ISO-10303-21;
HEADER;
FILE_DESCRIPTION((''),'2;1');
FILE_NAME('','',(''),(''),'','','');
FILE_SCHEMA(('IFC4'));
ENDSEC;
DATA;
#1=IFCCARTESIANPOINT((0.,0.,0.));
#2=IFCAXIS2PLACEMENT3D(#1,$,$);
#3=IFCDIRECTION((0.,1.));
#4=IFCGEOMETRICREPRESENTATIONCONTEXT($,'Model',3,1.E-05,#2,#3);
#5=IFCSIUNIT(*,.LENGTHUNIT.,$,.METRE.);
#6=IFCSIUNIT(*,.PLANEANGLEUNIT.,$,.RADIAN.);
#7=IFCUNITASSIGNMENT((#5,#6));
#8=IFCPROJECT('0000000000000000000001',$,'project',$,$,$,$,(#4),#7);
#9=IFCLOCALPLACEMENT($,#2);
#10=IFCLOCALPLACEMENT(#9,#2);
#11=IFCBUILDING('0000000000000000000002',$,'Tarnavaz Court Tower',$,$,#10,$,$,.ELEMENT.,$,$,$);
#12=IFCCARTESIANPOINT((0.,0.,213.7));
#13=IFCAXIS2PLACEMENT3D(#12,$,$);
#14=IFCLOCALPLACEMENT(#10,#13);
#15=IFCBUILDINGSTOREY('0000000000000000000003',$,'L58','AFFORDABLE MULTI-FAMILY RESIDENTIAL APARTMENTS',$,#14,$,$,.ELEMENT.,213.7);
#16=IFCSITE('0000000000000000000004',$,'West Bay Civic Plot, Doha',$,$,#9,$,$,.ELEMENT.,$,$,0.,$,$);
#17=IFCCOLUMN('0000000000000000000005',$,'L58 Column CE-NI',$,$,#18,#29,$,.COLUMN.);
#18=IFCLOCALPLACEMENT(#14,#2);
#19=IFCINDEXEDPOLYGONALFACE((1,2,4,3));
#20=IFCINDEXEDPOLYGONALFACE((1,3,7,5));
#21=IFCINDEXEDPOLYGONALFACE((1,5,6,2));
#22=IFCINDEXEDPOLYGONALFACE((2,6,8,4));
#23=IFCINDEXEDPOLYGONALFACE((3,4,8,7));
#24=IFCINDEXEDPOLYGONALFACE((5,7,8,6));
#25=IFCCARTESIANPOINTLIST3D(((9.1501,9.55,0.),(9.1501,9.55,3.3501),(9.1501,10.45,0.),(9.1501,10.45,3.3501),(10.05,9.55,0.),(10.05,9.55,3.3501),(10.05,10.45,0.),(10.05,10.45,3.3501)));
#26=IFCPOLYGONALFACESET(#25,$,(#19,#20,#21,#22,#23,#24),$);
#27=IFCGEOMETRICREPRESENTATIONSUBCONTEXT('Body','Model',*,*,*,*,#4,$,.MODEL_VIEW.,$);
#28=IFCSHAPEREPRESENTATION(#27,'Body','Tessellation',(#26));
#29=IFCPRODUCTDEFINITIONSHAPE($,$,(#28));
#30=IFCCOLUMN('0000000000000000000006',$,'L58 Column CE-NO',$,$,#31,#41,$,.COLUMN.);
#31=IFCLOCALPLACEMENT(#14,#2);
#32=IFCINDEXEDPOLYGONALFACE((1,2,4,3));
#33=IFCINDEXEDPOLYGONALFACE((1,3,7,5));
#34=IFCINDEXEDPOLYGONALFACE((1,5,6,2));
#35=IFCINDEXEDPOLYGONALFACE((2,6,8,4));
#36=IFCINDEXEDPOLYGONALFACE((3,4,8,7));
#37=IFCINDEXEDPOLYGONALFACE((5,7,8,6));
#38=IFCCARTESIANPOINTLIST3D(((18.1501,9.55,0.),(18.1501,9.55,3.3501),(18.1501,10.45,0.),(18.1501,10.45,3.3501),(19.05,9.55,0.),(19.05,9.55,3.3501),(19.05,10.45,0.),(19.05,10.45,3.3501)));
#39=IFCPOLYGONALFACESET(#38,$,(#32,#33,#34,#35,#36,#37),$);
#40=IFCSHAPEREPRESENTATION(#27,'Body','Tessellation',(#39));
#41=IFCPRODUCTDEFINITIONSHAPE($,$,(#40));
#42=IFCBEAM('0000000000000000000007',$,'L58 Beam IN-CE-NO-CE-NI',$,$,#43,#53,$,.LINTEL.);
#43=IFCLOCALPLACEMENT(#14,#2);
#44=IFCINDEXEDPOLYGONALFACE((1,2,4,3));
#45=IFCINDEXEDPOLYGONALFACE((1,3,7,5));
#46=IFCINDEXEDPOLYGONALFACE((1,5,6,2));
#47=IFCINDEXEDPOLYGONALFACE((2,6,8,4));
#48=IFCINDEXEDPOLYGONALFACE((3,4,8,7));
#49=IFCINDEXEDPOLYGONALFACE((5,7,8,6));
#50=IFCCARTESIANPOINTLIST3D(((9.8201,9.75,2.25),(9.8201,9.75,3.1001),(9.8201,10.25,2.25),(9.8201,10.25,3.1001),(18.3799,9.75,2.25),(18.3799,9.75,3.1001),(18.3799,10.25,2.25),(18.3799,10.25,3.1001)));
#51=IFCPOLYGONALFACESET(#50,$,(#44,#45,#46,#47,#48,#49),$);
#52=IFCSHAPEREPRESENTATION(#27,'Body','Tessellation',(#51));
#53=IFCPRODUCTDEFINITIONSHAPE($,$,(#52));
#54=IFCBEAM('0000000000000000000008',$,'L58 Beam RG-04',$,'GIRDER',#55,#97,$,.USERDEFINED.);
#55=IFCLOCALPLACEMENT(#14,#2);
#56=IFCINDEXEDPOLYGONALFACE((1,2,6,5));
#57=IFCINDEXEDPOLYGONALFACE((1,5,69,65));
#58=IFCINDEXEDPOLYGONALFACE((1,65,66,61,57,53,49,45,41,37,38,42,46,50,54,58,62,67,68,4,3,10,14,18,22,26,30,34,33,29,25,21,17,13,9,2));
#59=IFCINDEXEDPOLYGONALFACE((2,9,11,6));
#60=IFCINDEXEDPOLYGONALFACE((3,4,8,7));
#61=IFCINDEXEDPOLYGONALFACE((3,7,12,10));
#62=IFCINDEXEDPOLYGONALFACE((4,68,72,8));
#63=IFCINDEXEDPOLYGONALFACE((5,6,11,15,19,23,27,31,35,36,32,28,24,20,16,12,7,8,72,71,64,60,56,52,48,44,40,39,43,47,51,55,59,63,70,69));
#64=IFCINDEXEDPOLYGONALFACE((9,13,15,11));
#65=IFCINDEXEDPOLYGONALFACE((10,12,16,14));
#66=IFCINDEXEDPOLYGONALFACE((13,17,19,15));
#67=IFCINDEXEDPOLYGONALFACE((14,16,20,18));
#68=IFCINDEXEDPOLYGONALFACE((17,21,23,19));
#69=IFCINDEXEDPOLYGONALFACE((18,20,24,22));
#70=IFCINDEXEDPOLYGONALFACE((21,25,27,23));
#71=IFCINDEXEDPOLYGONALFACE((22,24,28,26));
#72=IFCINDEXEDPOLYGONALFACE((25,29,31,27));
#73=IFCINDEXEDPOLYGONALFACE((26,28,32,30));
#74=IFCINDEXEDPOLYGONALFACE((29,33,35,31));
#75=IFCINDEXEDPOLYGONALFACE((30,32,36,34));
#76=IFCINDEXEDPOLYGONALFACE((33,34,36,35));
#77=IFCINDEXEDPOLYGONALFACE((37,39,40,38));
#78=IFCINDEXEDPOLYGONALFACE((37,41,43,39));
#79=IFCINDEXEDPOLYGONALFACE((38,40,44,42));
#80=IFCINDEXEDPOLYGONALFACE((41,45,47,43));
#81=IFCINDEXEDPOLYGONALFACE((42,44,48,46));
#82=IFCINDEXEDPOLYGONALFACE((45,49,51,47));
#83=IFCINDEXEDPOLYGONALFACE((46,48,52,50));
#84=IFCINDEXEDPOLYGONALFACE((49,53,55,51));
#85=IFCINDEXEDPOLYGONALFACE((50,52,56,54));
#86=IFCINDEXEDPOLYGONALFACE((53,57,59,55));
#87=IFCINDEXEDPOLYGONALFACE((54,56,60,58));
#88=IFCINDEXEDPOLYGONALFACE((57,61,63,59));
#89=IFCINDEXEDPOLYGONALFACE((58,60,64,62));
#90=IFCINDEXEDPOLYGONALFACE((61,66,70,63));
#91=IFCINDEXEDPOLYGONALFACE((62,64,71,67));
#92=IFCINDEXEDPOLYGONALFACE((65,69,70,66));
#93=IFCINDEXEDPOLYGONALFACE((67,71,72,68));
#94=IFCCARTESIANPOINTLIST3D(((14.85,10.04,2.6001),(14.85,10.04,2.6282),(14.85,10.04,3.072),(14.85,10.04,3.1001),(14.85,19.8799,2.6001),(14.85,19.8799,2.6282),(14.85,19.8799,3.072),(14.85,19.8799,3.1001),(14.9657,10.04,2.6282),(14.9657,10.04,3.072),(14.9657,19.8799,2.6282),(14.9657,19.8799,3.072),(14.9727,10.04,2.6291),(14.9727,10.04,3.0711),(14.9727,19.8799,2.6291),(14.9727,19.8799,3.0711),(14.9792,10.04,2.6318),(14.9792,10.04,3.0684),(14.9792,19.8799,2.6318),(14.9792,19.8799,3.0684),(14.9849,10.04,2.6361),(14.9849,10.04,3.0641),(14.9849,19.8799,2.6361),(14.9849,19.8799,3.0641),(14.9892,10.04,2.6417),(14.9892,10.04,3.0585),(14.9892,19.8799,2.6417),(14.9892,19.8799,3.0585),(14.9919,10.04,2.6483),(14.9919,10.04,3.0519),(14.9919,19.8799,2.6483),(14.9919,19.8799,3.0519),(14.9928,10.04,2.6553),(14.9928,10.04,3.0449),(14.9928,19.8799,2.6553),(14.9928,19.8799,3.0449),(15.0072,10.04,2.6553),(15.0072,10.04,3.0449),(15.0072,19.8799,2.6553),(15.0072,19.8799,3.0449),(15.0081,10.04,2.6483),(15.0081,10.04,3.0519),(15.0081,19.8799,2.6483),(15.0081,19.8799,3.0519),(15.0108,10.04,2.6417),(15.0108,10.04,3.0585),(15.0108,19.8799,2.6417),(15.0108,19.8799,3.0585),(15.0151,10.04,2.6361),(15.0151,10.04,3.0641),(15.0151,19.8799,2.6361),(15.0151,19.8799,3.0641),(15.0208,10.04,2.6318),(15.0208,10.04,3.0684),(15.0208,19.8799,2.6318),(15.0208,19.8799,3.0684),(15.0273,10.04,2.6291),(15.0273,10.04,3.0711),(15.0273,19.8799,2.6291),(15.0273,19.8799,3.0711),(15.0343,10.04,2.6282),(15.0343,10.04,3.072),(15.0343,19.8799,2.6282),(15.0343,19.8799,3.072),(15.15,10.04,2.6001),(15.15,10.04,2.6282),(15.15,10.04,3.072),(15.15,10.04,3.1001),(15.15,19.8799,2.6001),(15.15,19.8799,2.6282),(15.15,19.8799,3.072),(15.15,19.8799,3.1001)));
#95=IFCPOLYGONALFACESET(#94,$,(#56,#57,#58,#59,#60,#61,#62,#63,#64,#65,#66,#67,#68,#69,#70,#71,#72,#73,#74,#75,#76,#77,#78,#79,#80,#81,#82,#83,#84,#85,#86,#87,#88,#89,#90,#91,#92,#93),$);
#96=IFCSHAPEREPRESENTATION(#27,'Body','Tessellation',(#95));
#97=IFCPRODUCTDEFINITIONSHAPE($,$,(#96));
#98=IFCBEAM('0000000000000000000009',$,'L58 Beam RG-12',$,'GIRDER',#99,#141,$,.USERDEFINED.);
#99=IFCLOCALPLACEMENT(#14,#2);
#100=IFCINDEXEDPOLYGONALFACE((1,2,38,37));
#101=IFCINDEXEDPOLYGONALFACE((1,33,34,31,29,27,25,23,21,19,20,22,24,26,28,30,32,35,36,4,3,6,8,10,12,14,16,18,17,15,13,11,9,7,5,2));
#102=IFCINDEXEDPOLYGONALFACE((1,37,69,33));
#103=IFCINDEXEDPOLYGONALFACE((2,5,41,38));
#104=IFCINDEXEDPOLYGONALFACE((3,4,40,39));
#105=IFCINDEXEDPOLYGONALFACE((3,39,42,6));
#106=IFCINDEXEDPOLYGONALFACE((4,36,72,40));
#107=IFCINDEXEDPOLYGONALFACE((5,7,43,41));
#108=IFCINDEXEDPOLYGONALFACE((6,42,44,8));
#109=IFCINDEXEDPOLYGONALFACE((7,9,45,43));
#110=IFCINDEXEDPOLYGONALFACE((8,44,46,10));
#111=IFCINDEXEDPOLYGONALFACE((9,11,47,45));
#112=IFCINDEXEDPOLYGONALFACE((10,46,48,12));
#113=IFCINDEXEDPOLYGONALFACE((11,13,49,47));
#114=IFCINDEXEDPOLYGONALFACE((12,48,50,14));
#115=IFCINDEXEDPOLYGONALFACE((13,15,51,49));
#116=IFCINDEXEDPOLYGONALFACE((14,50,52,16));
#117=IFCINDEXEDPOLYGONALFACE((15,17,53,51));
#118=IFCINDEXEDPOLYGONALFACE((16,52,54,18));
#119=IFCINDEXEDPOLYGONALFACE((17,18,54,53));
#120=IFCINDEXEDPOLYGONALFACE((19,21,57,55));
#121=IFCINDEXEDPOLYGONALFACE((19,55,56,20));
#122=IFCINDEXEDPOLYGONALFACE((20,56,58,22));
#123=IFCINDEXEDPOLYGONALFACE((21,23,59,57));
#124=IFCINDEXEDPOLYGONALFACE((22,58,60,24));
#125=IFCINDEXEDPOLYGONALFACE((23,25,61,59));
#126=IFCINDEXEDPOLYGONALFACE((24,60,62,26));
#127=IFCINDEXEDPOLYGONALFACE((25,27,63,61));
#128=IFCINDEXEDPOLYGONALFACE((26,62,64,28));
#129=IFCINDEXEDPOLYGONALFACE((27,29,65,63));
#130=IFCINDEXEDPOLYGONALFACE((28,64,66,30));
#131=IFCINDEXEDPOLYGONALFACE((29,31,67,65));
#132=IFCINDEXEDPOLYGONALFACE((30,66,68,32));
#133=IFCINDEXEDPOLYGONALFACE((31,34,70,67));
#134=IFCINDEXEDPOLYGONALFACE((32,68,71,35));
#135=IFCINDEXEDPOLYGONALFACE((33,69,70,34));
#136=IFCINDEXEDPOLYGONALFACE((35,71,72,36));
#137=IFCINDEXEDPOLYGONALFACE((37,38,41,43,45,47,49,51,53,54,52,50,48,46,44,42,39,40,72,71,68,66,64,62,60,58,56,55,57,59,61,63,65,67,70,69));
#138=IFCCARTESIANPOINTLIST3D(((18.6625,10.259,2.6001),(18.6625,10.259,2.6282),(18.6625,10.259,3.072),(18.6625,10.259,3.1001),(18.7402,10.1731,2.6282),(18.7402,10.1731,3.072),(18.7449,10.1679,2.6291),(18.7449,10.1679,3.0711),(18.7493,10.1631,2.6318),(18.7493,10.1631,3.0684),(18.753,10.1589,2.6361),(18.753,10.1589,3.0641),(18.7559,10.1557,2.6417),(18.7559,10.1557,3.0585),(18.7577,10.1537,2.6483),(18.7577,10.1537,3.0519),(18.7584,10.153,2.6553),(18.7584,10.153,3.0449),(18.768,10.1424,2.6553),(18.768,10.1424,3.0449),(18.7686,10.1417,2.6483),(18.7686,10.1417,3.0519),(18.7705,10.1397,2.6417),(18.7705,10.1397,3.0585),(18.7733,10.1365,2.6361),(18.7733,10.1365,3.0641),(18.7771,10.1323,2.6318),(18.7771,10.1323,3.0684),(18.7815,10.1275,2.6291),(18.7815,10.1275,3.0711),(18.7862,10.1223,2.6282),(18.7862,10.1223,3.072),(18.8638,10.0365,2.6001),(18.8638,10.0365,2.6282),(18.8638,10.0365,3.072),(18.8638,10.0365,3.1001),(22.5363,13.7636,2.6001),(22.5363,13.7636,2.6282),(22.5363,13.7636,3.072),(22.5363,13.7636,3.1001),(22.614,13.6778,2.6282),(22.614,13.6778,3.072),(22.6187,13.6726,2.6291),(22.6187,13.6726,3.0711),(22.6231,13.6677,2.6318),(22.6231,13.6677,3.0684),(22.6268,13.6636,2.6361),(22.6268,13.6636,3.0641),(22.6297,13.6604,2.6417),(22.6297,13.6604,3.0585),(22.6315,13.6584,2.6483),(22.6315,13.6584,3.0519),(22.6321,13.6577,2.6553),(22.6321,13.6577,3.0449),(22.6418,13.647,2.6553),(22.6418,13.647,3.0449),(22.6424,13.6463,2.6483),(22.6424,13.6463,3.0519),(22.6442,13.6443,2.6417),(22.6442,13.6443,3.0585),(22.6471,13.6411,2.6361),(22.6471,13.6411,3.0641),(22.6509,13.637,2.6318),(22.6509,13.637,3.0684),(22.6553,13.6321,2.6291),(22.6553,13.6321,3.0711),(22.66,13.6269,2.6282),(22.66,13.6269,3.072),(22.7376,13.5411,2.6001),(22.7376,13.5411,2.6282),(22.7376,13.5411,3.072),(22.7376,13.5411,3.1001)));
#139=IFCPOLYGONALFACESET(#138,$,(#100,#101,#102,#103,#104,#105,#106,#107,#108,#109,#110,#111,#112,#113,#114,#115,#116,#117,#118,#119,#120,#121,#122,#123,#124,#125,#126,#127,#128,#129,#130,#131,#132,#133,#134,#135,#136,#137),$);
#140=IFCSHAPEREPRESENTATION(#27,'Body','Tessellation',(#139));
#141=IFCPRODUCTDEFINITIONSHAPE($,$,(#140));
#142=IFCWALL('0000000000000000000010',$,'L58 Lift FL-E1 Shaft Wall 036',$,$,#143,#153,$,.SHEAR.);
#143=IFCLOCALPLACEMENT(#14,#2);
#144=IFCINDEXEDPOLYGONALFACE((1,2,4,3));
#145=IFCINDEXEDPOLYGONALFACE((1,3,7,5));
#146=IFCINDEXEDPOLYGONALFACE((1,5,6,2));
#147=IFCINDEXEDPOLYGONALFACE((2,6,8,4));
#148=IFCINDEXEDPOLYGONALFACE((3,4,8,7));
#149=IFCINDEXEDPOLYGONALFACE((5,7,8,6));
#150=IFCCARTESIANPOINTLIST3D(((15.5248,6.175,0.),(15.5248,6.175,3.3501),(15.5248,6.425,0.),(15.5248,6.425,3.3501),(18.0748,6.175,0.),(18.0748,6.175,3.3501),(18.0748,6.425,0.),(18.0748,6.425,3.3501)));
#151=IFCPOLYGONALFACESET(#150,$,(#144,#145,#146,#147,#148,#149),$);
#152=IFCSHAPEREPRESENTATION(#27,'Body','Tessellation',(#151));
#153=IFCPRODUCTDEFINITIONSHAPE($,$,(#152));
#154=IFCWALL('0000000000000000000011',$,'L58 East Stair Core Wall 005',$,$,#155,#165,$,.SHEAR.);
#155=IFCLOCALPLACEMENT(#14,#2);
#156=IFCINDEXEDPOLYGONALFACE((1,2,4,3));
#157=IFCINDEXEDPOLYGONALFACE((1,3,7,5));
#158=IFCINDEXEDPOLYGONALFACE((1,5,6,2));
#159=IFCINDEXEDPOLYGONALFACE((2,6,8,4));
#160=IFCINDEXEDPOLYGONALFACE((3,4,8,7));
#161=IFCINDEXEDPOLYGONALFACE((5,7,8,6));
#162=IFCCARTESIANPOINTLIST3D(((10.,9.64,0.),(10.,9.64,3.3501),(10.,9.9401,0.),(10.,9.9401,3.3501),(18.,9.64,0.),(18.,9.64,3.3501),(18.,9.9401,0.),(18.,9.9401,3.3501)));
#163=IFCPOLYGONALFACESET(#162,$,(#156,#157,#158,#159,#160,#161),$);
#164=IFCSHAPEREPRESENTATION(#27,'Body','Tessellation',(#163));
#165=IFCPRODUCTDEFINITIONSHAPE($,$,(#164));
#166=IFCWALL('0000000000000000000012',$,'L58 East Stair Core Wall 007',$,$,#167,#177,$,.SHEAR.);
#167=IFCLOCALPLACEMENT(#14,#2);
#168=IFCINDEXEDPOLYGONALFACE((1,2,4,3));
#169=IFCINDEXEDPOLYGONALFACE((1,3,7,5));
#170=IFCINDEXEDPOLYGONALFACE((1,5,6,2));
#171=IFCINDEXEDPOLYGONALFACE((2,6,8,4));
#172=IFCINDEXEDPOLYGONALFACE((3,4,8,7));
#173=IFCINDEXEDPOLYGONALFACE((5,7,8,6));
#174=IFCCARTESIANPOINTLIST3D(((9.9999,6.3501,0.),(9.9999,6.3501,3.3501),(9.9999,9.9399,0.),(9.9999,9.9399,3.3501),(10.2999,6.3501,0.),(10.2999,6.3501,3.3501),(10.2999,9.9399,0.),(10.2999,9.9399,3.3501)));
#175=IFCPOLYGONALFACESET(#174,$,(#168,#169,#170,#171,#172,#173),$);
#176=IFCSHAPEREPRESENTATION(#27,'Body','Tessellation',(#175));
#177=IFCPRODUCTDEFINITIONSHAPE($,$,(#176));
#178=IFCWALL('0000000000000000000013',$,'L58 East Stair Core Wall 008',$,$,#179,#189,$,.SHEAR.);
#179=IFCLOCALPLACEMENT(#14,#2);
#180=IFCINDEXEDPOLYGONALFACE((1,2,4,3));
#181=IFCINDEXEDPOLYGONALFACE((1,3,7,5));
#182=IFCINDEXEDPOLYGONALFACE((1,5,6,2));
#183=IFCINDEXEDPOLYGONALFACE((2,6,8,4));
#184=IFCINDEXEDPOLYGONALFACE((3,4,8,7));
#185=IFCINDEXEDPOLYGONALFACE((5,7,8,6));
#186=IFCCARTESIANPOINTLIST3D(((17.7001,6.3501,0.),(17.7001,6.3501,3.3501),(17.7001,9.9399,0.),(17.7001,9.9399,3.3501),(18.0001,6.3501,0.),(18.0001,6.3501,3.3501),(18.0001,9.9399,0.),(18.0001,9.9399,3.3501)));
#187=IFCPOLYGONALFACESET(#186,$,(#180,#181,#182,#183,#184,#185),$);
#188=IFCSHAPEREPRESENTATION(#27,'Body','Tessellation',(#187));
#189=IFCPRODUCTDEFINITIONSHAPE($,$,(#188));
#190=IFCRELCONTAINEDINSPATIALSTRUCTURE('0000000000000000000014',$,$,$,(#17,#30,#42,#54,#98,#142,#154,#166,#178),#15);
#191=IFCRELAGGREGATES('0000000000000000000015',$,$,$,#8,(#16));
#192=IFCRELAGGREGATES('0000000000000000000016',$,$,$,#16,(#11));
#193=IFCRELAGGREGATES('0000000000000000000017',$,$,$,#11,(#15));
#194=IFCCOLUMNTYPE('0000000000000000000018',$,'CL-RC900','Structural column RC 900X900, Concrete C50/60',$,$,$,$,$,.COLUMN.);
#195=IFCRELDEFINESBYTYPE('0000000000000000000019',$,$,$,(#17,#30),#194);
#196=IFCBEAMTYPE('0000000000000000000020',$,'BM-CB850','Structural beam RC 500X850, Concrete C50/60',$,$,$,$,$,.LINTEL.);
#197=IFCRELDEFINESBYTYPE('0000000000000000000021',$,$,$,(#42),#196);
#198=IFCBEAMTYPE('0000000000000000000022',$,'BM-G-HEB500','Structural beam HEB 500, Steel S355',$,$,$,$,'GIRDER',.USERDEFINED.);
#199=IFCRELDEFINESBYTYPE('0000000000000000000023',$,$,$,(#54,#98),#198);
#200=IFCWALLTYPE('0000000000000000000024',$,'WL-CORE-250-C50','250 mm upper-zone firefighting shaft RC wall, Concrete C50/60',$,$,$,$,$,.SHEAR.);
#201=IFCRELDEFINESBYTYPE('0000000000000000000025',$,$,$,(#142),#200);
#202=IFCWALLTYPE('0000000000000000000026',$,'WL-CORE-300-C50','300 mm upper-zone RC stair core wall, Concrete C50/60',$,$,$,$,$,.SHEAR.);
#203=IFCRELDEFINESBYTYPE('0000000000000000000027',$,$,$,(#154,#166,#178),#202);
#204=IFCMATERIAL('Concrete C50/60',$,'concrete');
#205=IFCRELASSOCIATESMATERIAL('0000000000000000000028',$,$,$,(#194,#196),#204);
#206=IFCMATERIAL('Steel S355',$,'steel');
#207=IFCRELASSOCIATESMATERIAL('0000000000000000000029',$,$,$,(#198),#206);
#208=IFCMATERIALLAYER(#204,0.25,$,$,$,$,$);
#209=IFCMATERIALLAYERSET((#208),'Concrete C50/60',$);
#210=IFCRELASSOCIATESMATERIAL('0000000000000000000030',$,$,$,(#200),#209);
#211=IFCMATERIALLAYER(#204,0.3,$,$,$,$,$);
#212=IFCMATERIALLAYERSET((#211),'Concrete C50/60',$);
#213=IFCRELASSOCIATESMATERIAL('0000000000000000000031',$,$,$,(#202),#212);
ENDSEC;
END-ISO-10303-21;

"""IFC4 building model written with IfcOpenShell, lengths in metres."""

from ifc_helpers import new_model, si_unit, direction, frame, frame_2d, origin, origin_2d, place, context, subcontext, project, spatial, rectangle, i_section, extrude, material, layer, layer_set, material_profile, profile_set, type_object, element, save


model = new_model("IFC4")

# Units and contexts
model_context = context("Model", 3, precision=1e-05, world=origin(), true_north=direction((0.0, 1.0)))
body_context = subcontext(model_context, "Body", "Model", "MODEL_VIEW")
ifc_project = project(units=[si_unit("LENGTHUNIT", "METRE"), si_unit("PLANEANGLEUNIT", "RADIAN")], contexts=[model_context])

# Site, building, storey
site_placement = place(None, origin())
site = spatial("IfcSite", under=ifc_project, at=site_placement, Name="West Bay Civic Plot, Doha", CompositionType="ELEMENT", RefElevation=0.0)
building_placement = place(site_placement, origin())
building = spatial("IfcBuilding", under=site, at=building_placement, Name="Tarnavaz Court Tower", CompositionType="ELEMENT")
storey_placement = place(building_placement, frame((0.0, 0.0, 213.7)))
storey = spatial("IfcBuildingStorey", under=building, at=storey_placement, Name="L58", Description="AFFORDABLE MULTI-FAMILY RESIDENTIAL APARTMENTS", CompositionType="ELEMENT", Elevation=213.7)

# Columns
ifc_material_1 = material(Name="Concrete C50/60", Category="concrete")
ifc_material_profile_1 = material_profile(ifc_material_1, rectangle(XDim=0.8999, YDim=0.8999, at=origin_2d()), Name="RC 900X900")
ifc_profile_set_1 = profile_set([ifc_material_profile_1], Name="Concrete C50/60")
column_type = type_object("IfcColumnType", Name="CL-RC900", Description="Structural column RC 900X900, Concrete C50/60", PredefinedType="COLUMN", material=ifc_profile_set_1)
for number, where, z_axis, x_axis, name in (
    (1, (9.6001, 10.0, 0.0), (0.0, 0.0, 1.0), (1.0, 0.0, 0.0), "L58 Column CE-NI"),
    (2, (18.6001, 10.0, 0.0), (0.0, 0.0, 1.0), (1.0, 0.0, 0.0), "L58 Column CE-NO"),
):
    element("IfcColumn", number, at=place(storey_placement, frame(where, z_axis=z_axis, x_axis=x_axis)), inside=storey, type_object=column_type, Name=name, PredefinedType="COLUMN", context=body_context, shape_type="SweptSolid", body=[
        extrude(rectangle(XDim=0.8999, YDim=0.8999, at=origin_2d()), origin(), (0.0, 0.0, 1.0), 3.3501),
    ])

# Beams
ifc_material_profile_2 = material_profile(ifc_material_1, rectangle(XDim=0.5, YDim=0.8501, at=origin_2d()), Name="RC 500X850")
ifc_profile_set_2 = profile_set([ifc_material_profile_2], Name="Concrete C50/60")
beam_type_1 = type_object("IfcBeamType", Name="BM-CB850", Description="Structural beam RC 500X850, Concrete C50/60", PredefinedType="LINTEL", material=ifc_profile_set_2)
beam_1_placement = place(storey_placement, frame((18.3799, 10.0, 2.675), z_axis=(-1.0, 0.0, 0.0), x_axis=(0.0, -1.0, 0.0)))
element("IfcBeam", 3, at=beam_1_placement, inside=storey, type_object=beam_type_1, Name="L58 Beam IN-CE-NO-CE-NI", PredefinedType="LINTEL", context=body_context, shape_type="SweptSolid", body=[
    extrude(rectangle(XDim=0.5, YDim=0.8501, at=origin_2d()), origin(), (0.0, 0.0, 1.0), 8.5598),
])
ifc_material_2 = material(Name="Steel S355", Category="steel")
ifc_material_profile_3 = material_profile(ifc_material_2, i_section(OverallWidth=0.3, OverallDepth=0.5, WebThickness=0.0144, FlangeThickness=0.0281, FilletRadius=0.0271, at=origin_2d()), Name="HEB 500")
ifc_profile_set_3 = profile_set([ifc_material_profile_3], Name="Steel S355")
beam_type_2 = type_object("IfcBeamType", Name="BM-G-HEB500", Description="Structural beam HEB 500, Steel S355", ElementType="GIRDER", PredefinedType="USERDEFINED", material=ifc_profile_set_3)
beam_2_placement = place(storey_placement, frame((15.0, 10.04, 2.8501), z_axis=(0.0, 1.0, 0.0), x_axis=(-1.0, 0.0, 0.0)))
element("IfcBeam", 4, at=beam_2_placement, inside=storey, type_object=beam_type_2, Name="L58 Beam RG-04", ObjectType="GIRDER", PredefinedType="USERDEFINED", context=body_context, shape_type="SweptSolid", body=[
    extrude(i_section(OverallWidth=0.3, OverallDepth=0.5, WebThickness=0.0144, FlangeThickness=0.0281, FilletRadius=0.0271, at=origin_2d()), origin(), (0.0, 0.0, 1.0), 9.8398),
])
beam_3_placement = place(storey_placement, frame((18.7632, 10.1477, 2.8501), z_axis=(0.741556, 0.670891, 0.0), x_axis=(-0.670891, 0.741556, 0.0)))
element("IfcBeam", 5, at=beam_3_placement, inside=storey, type_object=beam_type_2, Name="L58 Beam RG-12", ObjectType="GIRDER", PredefinedType="USERDEFINED", context=body_context, shape_type="SweptSolid", body=[
    extrude(i_section(OverallWidth=0.3, OverallDepth=0.5, WebThickness=0.0144, FlangeThickness=0.0281, FilletRadius=0.0271, at=origin_2d()), origin(), (0.0, 0.0, 1.0), 5.2239),
])

# Walls
ifc_layer_1 = layer(ifc_material_1, 0.25)
ifc_layer_set_1 = layer_set([ifc_layer_1], Name="Concrete C50/60")
wall_type_1 = type_object("IfcWallType", Name="WL-CORE-250-C50", Description="250 mm upper-zone firefighting shaft RC wall, Concrete C50/60", PredefinedType="SHEAR", material=ifc_layer_set_1)
wall_1_placement = place(storey_placement, frame((15.5249, 6.3, 0.0), z_axis=(0.0, 0.0, 1.0), x_axis=(1.0, 0.0, 0.0)))
element("IfcWall", 6, at=wall_1_placement, inside=storey, type_object=wall_type_1, Name="L58 Lift FL-E1 Shaft Wall 036", PredefinedType="SHEAR", context=body_context, shape_type="SweptSolid", body=[
    extrude(rectangle(XDim=2.55, YDim=0.25, at=frame_2d((1.2749, 0.0))), origin(), (0.0, 0.0, 1.0), 3.3501),
])
ifc_layer_2 = layer(ifc_material_1, 0.3)
ifc_layer_set_2 = layer_set([ifc_layer_2], Name="Concrete C50/60")
wall_type_2 = type_object("IfcWallType", Name="WL-CORE-300-C50", Description="300 mm upper-zone RC stair core wall, Concrete C50/60", PredefinedType="SHEAR", material=ifc_layer_set_2)
wall_2_placement = place(storey_placement, frame((10.0, 9.79, 0.0), z_axis=(0.0, 0.0, 1.0), x_axis=(1.0, 0.0, 0.0)))
element("IfcWall", 7, at=wall_2_placement, inside=storey, type_object=wall_type_2, Name="L58 East Stair Core Wall 005", PredefinedType="SHEAR", context=body_context, shape_type="SweptSolid", body=[
    extrude(rectangle(XDim=8.0, YDim=0.3, at=frame_2d((4.0, 0.0))), origin(), (0.0, 0.0, 1.0), 3.3501),
])

# Walls
for number, where, z_axis, x_axis, name in (
    (8, (10.1499, 6.3501, 0.0), (0.0, 0.0, 1.0), (0.0, 1.0, 0.0), "L58 East Stair Core Wall 007"),
    (9, (17.8501, 6.3501, 0.0), (0.0, 0.0, 1.0), (0.0, 1.0, 0.0), "L58 East Stair Core Wall 008"),
):
    element("IfcWall", number, at=place(storey_placement, frame(where, z_axis=z_axis, x_axis=x_axis)), inside=storey, type_object=wall_type_2, Name=name, PredefinedType="SHEAR", context=body_context, shape_type="SweptSolid", body=[
        extrude(rectangle(XDim=3.5898, YDim=0.3, at=frame_2d((1.7949, 0.0))), origin(), (0.0, 0.0, 1.0), 3.3501),
    ])

save(model, "model.ifc")
